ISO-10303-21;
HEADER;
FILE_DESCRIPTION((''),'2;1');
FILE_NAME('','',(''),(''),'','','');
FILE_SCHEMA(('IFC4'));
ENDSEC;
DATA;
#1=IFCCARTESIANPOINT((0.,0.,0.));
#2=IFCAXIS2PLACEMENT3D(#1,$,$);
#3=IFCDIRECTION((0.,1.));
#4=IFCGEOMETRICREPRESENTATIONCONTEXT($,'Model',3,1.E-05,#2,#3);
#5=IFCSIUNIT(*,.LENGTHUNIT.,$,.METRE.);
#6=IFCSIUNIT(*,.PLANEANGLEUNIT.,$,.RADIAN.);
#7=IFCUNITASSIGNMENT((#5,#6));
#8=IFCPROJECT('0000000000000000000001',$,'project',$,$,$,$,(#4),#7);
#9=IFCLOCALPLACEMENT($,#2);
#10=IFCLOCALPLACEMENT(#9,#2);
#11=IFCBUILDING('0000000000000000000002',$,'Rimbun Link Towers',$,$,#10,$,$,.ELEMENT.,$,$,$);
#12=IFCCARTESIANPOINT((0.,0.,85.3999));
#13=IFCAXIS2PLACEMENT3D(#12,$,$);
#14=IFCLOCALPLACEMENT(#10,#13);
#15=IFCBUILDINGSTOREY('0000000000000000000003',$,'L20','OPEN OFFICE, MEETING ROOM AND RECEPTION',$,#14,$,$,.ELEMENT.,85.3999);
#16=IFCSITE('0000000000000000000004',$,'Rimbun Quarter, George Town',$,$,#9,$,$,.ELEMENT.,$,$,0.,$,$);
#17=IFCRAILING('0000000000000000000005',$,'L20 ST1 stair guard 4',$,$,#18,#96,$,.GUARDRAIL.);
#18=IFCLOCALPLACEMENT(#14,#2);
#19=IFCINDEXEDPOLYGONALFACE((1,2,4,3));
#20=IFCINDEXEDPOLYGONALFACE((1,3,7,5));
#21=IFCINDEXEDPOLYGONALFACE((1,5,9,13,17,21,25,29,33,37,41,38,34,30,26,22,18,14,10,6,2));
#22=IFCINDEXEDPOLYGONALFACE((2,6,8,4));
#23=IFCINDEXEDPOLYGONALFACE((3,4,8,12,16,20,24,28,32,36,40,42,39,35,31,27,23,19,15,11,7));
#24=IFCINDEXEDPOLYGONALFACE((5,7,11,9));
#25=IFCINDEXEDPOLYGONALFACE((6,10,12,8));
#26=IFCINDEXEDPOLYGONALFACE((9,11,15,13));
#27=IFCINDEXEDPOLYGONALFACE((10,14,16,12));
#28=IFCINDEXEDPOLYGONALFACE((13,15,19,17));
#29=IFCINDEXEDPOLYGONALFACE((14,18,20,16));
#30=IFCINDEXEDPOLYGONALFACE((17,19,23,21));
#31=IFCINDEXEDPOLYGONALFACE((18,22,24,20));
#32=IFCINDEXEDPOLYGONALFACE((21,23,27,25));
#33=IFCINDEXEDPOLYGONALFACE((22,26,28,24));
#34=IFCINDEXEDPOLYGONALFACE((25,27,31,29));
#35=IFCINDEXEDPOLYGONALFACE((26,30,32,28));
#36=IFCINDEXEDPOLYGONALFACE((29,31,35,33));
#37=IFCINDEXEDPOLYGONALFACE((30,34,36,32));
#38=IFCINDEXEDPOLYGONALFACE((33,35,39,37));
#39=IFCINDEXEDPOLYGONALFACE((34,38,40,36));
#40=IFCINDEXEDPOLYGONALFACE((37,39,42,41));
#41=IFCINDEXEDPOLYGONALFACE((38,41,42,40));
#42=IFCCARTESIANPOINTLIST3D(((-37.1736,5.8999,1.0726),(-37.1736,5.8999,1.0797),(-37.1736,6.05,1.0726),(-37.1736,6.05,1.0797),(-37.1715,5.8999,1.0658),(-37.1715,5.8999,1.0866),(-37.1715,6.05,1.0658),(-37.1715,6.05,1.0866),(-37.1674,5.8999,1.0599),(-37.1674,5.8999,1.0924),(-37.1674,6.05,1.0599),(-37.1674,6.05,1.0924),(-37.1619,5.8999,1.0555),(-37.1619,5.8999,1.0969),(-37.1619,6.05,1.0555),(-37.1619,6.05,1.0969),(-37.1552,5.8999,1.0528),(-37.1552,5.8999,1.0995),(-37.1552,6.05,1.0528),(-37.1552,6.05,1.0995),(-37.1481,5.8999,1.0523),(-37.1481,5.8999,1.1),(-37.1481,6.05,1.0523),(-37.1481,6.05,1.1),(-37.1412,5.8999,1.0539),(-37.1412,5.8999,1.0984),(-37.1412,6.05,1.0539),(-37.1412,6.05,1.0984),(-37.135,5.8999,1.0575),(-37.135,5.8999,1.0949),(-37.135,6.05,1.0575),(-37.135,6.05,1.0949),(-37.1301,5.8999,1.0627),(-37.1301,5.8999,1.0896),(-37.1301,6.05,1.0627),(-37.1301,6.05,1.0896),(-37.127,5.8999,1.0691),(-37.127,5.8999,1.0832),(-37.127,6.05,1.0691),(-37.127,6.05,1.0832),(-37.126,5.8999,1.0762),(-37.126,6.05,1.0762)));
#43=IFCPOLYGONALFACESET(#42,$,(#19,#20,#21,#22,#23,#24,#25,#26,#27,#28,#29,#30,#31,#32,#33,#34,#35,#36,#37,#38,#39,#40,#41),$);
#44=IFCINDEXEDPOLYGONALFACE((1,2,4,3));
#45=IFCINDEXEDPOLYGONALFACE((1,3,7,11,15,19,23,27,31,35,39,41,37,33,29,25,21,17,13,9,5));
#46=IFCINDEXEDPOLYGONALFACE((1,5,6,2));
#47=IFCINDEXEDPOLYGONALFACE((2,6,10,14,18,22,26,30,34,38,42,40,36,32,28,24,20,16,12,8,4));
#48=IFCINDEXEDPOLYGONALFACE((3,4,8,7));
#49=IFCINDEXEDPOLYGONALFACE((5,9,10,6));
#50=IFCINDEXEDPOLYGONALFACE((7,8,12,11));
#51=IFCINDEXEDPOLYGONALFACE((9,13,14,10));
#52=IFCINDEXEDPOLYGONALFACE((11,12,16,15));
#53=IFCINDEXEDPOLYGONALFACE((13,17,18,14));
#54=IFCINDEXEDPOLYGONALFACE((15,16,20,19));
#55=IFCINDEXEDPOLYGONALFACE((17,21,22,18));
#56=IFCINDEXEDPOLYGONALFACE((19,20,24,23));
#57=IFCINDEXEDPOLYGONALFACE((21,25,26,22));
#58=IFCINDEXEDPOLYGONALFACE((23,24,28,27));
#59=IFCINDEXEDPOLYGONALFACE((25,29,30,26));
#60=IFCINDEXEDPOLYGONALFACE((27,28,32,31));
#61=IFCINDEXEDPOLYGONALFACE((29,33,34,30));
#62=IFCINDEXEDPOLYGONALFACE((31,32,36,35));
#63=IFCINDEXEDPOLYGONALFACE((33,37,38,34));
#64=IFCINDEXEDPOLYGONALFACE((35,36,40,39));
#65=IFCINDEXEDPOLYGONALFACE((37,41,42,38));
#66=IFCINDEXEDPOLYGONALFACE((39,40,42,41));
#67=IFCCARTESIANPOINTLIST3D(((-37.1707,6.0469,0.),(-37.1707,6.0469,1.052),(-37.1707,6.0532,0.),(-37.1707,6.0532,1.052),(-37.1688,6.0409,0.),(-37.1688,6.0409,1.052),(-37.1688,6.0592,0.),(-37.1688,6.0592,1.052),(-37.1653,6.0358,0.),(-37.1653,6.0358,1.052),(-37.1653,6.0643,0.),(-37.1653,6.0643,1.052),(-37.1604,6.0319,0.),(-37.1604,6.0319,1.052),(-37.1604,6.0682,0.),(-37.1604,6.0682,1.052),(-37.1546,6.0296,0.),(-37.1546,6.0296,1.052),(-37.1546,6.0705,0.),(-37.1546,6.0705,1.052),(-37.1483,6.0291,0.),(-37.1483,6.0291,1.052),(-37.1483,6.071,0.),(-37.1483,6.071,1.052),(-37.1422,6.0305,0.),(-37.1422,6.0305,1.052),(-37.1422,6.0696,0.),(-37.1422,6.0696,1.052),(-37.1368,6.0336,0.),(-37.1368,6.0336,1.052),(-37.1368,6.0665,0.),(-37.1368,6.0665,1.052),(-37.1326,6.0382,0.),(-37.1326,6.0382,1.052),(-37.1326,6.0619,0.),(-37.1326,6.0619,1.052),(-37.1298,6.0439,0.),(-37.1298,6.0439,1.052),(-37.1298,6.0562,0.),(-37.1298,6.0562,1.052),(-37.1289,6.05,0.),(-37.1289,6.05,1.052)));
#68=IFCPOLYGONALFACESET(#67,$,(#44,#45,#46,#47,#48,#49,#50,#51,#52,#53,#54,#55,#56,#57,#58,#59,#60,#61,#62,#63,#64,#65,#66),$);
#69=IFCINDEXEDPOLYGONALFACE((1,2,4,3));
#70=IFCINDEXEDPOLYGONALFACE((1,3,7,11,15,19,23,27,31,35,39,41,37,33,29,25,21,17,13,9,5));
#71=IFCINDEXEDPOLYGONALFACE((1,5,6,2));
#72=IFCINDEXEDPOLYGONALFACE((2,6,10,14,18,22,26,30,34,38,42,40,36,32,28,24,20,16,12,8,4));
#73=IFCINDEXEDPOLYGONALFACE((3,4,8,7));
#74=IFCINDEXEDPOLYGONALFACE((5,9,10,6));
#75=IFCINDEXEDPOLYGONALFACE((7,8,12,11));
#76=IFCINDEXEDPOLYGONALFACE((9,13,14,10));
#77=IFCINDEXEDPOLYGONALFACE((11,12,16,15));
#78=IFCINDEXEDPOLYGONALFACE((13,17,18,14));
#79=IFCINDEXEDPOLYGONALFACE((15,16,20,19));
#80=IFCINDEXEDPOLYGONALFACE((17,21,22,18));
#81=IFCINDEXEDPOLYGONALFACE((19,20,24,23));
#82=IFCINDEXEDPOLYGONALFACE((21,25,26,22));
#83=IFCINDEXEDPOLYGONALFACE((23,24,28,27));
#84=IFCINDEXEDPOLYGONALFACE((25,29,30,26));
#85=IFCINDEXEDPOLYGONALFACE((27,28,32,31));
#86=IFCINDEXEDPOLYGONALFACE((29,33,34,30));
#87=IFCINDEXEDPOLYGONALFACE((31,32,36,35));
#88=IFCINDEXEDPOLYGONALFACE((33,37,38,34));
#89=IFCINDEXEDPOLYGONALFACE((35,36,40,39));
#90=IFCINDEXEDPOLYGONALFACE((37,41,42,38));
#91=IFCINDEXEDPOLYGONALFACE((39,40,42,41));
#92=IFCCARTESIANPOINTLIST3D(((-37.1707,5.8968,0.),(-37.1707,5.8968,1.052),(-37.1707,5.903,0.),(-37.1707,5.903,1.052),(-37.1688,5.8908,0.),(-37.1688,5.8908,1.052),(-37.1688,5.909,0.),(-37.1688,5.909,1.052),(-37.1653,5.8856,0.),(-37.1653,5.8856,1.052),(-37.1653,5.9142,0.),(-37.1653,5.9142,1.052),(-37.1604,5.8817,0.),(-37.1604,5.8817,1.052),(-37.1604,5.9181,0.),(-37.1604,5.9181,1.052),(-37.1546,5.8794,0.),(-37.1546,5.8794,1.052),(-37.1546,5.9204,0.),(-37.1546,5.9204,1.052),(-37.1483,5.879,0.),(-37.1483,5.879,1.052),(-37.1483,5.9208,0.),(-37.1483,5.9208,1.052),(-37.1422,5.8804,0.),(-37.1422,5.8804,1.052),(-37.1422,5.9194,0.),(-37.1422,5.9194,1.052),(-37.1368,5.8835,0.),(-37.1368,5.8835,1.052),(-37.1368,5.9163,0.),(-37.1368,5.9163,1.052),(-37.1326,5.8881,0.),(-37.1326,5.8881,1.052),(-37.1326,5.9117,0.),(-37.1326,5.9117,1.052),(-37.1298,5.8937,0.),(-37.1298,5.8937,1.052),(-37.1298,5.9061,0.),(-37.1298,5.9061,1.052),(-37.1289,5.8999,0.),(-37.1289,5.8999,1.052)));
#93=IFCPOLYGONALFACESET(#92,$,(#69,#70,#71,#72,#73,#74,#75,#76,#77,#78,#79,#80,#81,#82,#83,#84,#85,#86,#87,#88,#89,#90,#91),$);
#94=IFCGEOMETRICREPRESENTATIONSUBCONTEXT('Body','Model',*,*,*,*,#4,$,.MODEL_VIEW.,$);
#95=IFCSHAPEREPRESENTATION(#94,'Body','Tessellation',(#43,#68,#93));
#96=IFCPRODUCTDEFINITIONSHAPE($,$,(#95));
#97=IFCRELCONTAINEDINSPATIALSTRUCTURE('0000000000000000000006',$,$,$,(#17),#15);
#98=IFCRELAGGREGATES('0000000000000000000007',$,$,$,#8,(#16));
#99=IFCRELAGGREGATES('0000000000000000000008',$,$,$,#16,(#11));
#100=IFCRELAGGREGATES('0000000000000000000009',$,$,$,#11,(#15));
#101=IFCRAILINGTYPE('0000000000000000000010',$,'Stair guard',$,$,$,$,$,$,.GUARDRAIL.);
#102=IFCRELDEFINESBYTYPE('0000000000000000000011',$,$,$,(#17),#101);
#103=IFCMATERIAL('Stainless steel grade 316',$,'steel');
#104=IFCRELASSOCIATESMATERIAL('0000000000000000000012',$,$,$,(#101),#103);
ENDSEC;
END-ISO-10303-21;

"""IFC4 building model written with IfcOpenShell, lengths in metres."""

from ifc_helpers import new_model, si_unit, direction, frame, origin, origin_2d, place, context, subcontext, project, spatial, circle, extrude, material, type_object, element, save


model = new_model("IFC4")

# Units and contexts
model_context = context("Model", 3, precision=1e-05, world=origin(), true_north=direction((0.0, 1.0)))
body_context = subcontext(model_context, "Body", "Model", "MODEL_VIEW")
ifc_project = project(units=[si_unit("LENGTHUNIT", "METRE"), si_unit("PLANEANGLEUNIT", "RADIAN")], contexts=[model_context])

# Site, building, storey
site_placement = place(None, origin())
site = spatial("IfcSite", under=ifc_project, at=site_placement, Name="Rimbun Quarter, George Town", CompositionType="ELEMENT", RefElevation=0.0)
building_placement = place(site_placement, origin())
building = spatial("IfcBuilding", under=site, at=building_placement, Name="Rimbun Link Towers", CompositionType="ELEMENT")
storey_placement = place(building_placement, frame((0.0, 0.0, 85.3999)))
storey = spatial("IfcBuildingStorey", under=building, at=storey_placement, Name="L20", Description="OPEN OFFICE, MEETING ROOM AND RECEPTION", CompositionType="ELEMENT", Elevation=85.3999)

# Railing
ifc_material_1 = material(Name="Stainless steel grade 316", Category="steel")
railing_type_1 = type_object("IfcRailingType", Name="Stair guard", PredefinedType="GUARDRAIL", material=ifc_material_1)
railing_1_placement = place(storey_placement, frame((-37.1499, 6.05, 0.0)))
element("IfcRailing", 1, at=railing_1_placement, inside=storey, type_object=railing_type_1, Name="L20 ST1 stair guard 4", PredefinedType="GUARDRAIL", context=body_context, shape_type="SweptSolid", body=[
    extrude(circle(Radius=0.0239, at=origin_2d()), frame((0.0, 0.0, 1.0762), z_axis=(0.0, -1.0, 0.0), x_axis=(1.0, 0.0, 0.0)), (0.0, 0.0, 1.0), 0.1501),
    extrude(circle(Radius=0.021, at=origin_2d()), origin(), (0.0, 0.0, 1.0), 1.052),
    extrude(circle(Radius=0.021, at=origin_2d()), frame((0.0, -0.1501, 0.0)), (0.0, 0.0, 1.0), 1.052),
])

save(model, "model.ifc")
